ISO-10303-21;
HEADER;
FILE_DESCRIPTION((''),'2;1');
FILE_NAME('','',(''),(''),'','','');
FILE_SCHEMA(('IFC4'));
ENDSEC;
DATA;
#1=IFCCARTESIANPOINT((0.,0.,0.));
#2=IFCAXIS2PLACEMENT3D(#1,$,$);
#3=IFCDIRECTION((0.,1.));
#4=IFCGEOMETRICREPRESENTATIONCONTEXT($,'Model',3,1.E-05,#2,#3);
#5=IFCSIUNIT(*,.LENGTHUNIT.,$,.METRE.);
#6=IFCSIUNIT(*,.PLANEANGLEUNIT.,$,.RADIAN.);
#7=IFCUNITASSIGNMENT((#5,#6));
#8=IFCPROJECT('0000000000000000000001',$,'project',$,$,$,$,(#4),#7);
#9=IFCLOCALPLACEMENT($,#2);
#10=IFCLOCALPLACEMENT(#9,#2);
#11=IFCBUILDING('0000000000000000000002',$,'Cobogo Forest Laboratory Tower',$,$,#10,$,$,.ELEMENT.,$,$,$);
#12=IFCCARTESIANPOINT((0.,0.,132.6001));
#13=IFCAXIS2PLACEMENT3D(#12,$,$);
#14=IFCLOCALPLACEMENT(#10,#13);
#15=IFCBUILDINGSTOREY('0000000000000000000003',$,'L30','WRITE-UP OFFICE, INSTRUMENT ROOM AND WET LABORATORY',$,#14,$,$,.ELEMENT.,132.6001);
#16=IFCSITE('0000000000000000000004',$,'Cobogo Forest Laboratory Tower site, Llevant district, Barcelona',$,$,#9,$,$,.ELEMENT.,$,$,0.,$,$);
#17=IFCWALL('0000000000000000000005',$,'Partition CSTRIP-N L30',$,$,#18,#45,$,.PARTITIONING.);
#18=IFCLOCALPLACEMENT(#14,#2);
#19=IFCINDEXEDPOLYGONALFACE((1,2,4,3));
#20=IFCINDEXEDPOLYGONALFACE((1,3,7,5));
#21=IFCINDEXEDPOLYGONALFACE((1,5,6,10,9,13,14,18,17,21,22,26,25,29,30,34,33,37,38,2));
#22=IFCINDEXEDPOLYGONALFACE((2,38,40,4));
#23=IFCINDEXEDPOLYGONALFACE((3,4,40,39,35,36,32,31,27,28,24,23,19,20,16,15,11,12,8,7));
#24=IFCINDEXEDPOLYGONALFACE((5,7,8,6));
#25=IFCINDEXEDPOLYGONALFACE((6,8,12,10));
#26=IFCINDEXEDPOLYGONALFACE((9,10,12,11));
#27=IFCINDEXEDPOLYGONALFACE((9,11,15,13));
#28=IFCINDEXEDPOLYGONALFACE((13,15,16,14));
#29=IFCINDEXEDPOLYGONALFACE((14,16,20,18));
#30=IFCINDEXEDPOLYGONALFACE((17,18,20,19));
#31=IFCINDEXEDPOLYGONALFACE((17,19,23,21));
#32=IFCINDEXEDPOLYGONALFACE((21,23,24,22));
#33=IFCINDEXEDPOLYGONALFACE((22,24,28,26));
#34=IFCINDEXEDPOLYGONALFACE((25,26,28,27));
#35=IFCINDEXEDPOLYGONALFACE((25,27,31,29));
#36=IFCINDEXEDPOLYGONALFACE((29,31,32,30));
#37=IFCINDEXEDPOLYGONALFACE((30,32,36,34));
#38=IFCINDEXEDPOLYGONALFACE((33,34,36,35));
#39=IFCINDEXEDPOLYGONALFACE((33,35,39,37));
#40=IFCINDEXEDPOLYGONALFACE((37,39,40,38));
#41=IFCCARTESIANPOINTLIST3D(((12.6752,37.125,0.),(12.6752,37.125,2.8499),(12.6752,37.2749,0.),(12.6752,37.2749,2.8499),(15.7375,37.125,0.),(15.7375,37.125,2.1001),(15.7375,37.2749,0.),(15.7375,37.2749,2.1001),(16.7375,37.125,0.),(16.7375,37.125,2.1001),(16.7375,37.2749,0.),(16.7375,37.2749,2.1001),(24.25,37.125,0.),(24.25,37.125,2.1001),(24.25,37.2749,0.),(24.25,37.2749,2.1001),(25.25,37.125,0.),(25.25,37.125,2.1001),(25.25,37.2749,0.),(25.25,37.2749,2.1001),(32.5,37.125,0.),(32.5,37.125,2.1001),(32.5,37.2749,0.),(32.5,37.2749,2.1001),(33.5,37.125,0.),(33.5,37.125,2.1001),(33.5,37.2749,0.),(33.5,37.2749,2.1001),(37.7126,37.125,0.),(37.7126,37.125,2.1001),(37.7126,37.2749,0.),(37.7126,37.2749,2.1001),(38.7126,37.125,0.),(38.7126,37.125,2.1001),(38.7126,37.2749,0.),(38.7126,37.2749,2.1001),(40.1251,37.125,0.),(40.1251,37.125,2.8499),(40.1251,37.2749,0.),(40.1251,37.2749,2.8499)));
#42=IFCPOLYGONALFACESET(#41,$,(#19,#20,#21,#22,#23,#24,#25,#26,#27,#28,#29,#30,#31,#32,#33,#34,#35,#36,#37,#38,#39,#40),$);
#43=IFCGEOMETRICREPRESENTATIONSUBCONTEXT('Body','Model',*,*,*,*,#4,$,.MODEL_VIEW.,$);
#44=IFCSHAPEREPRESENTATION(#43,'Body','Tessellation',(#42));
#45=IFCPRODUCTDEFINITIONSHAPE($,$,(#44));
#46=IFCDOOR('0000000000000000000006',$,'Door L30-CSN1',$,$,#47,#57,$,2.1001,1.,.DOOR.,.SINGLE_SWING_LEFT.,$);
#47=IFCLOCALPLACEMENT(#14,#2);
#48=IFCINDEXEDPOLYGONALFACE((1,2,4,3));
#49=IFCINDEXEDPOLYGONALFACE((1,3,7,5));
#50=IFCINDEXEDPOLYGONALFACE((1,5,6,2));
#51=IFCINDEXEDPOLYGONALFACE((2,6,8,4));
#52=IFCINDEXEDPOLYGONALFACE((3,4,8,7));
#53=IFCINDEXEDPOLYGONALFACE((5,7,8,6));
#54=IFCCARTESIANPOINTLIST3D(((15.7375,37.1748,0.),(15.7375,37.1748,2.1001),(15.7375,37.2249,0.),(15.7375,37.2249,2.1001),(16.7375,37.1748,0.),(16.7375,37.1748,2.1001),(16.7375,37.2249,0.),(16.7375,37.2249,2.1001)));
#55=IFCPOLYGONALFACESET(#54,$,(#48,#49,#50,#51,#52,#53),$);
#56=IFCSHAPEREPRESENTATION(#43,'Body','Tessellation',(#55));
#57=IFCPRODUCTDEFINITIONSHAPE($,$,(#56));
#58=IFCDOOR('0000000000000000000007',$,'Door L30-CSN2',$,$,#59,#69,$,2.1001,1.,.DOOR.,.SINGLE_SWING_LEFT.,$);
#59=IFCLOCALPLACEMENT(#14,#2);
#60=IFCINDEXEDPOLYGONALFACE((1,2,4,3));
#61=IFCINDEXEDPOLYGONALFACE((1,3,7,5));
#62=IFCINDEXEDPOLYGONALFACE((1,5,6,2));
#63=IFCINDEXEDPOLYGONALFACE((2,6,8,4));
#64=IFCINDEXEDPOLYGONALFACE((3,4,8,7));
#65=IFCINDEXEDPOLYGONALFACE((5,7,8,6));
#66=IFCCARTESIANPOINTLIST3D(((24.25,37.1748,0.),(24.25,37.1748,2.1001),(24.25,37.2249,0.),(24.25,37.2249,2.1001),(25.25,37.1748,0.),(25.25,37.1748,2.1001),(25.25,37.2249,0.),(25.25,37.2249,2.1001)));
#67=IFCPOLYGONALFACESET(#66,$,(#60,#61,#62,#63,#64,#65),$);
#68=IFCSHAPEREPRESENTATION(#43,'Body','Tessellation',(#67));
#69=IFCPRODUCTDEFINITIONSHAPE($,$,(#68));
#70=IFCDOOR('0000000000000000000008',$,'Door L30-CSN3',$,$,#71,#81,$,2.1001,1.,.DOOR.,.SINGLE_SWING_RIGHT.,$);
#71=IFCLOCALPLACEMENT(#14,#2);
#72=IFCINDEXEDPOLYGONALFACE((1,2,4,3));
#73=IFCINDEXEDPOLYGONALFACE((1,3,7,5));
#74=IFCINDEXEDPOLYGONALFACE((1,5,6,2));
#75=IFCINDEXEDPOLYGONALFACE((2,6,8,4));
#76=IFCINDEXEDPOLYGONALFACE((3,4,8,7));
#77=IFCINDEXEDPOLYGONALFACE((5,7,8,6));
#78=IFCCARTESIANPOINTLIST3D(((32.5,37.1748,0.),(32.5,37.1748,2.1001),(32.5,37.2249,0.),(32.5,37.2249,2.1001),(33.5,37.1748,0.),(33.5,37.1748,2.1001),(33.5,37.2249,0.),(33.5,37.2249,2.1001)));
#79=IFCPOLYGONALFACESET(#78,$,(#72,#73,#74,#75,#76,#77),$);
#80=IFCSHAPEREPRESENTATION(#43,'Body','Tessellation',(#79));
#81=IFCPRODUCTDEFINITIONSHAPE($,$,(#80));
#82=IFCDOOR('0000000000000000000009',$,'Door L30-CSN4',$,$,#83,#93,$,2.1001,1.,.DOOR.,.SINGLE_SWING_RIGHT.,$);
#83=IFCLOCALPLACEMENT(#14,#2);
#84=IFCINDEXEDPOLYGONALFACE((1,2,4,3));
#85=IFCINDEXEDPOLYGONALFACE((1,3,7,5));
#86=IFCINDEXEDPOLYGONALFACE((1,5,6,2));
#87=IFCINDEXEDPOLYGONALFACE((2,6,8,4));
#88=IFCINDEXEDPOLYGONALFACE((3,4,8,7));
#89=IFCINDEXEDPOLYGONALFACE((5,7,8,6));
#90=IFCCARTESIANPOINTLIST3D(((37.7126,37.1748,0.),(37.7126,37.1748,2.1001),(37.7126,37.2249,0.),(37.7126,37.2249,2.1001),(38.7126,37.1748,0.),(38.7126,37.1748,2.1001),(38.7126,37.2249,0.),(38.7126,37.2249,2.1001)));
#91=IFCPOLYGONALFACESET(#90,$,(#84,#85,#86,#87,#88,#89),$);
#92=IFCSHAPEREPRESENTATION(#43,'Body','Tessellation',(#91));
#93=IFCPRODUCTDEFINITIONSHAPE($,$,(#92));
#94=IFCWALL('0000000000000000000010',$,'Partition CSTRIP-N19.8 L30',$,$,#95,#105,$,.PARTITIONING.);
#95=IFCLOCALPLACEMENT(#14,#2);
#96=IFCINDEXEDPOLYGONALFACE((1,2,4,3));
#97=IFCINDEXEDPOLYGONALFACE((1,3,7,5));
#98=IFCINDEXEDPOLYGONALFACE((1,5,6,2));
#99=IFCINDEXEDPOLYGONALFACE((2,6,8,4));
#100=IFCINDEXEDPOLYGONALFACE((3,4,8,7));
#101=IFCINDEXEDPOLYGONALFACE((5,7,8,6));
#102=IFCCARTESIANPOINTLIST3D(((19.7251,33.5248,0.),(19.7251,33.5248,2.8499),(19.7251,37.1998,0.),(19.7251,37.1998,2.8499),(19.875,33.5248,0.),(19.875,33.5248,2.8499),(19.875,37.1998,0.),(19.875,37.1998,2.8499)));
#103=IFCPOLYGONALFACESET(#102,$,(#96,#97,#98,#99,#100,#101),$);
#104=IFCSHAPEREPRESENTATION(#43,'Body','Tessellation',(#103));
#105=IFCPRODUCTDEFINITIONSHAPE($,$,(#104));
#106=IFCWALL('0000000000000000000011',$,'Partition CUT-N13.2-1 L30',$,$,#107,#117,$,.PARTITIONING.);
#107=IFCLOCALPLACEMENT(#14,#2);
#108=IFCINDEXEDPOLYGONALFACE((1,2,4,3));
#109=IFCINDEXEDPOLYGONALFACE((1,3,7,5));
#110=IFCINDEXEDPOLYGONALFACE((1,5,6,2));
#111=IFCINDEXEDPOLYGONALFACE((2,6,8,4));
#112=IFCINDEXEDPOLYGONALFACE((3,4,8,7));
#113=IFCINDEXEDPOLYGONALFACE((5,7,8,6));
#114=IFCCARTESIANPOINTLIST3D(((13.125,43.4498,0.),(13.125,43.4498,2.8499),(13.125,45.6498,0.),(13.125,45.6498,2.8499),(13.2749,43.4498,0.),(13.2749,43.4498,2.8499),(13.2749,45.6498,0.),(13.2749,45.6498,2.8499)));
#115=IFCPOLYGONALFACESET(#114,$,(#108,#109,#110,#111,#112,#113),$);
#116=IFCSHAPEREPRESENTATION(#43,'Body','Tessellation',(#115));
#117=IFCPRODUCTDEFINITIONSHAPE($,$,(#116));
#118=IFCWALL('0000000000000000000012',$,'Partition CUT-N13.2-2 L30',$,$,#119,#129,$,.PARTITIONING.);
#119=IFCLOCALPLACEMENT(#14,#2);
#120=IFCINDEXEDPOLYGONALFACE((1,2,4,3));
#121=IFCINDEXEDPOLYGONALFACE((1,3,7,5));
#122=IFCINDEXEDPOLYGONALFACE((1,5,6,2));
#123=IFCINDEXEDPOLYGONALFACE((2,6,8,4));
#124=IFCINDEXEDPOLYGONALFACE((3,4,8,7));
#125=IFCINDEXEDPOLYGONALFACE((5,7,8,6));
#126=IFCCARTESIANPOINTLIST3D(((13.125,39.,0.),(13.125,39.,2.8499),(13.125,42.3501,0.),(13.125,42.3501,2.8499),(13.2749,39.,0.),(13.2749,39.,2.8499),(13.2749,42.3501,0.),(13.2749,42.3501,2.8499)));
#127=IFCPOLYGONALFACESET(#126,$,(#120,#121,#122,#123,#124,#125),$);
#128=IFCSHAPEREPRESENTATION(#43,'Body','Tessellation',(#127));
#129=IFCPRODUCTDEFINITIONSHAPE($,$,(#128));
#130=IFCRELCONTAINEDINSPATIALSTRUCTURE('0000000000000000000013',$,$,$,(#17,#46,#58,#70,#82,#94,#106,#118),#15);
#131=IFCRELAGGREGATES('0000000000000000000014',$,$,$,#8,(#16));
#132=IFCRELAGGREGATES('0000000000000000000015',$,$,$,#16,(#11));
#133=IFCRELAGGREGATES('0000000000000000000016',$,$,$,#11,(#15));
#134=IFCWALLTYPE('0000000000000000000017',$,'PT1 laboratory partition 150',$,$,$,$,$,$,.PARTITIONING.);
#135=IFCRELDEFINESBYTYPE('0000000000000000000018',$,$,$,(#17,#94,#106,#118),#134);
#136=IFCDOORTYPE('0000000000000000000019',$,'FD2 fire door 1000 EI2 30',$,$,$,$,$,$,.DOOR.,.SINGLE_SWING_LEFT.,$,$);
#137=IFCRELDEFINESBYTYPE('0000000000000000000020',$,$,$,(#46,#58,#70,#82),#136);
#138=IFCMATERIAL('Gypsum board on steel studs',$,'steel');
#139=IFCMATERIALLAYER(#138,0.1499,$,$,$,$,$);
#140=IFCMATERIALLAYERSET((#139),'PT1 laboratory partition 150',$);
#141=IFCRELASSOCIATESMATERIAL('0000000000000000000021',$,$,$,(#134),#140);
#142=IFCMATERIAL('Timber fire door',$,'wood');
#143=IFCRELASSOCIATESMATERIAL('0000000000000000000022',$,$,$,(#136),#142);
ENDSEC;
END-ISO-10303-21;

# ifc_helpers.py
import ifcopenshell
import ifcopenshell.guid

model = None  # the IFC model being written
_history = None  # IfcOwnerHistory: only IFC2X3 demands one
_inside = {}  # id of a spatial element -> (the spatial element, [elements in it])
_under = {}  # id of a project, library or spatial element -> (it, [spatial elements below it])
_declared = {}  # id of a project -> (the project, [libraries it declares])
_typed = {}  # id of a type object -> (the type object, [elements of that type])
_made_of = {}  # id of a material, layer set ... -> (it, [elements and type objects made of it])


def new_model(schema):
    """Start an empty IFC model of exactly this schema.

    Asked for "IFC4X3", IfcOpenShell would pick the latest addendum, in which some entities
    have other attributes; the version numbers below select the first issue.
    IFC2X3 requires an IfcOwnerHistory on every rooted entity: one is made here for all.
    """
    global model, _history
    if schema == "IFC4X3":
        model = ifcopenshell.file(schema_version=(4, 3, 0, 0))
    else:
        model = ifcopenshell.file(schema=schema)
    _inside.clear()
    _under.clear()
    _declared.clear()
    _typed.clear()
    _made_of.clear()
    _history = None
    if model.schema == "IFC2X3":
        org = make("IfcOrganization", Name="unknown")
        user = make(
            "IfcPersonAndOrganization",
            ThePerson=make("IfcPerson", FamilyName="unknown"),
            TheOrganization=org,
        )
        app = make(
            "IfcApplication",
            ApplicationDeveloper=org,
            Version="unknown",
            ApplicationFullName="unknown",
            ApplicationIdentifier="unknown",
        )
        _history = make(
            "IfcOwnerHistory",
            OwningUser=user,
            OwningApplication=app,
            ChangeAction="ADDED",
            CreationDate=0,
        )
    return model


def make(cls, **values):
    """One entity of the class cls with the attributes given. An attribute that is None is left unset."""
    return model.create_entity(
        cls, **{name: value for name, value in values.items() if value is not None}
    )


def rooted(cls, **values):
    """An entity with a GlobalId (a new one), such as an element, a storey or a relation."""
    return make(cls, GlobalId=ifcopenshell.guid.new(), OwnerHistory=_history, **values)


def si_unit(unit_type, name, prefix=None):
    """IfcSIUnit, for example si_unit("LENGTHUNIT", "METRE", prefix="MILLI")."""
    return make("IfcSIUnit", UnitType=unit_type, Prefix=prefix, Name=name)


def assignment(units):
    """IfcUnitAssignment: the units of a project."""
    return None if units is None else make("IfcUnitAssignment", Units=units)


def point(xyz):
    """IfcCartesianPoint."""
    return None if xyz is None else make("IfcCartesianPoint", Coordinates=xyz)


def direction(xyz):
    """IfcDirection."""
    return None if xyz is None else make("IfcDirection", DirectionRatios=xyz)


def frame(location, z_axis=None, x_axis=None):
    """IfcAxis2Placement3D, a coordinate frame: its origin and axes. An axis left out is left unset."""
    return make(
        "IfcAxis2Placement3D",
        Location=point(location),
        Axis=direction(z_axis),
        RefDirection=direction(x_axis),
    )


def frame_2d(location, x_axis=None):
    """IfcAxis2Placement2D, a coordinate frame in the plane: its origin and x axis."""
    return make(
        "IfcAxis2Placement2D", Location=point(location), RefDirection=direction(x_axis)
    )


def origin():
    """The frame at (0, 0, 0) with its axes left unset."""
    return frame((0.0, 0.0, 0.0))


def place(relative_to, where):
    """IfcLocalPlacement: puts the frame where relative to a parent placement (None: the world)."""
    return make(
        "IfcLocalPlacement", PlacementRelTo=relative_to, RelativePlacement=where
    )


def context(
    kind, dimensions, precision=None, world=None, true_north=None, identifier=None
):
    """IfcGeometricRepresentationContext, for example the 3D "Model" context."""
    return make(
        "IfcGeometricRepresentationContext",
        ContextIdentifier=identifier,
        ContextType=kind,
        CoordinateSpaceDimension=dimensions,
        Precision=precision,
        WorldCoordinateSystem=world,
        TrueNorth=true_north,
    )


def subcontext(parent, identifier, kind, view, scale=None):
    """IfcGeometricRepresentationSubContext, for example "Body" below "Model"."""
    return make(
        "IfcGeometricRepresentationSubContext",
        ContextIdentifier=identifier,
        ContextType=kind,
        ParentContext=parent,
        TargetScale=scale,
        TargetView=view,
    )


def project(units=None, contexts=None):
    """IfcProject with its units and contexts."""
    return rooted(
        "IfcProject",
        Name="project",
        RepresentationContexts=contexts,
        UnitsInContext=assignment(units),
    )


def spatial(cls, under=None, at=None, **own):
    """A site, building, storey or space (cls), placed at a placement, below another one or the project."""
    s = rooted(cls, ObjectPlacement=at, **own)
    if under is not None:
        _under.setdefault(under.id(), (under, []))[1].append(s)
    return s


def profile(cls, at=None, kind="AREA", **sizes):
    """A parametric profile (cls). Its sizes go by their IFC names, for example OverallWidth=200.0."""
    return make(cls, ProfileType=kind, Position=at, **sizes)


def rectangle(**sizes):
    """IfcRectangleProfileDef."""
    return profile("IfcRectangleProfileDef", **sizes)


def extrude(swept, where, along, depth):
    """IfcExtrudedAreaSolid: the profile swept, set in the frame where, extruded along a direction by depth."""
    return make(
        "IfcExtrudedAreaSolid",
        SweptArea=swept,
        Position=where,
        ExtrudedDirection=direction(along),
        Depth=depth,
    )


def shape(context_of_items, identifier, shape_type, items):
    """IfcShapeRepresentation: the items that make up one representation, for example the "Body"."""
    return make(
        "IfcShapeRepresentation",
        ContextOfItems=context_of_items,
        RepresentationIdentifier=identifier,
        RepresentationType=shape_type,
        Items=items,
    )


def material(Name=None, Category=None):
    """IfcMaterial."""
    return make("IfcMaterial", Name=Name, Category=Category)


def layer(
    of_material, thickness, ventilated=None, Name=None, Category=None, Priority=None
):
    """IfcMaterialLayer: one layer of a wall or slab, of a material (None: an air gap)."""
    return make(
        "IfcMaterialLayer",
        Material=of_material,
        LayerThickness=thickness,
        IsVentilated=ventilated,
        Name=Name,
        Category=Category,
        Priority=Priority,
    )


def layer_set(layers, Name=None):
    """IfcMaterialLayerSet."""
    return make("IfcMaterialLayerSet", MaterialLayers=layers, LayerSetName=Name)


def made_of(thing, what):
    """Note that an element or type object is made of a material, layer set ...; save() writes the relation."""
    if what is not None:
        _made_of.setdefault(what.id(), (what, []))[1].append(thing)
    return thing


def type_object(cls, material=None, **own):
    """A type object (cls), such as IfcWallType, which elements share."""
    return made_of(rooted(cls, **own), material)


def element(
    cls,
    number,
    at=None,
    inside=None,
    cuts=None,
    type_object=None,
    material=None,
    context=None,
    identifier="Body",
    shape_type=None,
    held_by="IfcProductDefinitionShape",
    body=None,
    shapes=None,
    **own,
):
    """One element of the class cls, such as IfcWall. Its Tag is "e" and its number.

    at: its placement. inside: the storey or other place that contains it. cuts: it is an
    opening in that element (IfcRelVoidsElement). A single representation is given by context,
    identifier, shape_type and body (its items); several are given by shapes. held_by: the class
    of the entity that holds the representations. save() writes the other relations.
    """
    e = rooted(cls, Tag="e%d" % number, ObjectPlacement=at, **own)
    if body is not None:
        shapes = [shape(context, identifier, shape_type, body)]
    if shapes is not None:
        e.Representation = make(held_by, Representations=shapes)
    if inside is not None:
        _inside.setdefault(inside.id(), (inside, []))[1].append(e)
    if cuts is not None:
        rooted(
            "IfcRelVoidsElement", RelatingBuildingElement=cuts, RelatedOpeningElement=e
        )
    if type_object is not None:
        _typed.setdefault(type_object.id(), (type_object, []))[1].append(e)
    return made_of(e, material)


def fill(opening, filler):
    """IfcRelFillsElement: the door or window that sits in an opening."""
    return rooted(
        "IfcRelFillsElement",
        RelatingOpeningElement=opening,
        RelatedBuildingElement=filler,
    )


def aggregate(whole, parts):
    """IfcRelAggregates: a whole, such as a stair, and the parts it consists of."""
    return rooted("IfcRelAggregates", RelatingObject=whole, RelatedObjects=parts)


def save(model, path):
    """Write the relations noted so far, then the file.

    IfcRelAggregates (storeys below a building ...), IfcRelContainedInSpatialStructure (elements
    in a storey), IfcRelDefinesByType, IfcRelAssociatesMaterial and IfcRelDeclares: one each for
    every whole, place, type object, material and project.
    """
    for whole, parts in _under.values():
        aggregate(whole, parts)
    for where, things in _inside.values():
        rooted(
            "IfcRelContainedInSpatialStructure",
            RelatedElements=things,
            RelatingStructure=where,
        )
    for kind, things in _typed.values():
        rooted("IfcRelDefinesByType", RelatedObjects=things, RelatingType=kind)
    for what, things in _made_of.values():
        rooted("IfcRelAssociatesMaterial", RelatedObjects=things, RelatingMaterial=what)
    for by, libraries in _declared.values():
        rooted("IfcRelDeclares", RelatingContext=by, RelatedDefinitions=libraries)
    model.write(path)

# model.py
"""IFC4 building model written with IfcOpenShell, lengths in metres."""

from ifc_helpers import new_model, si_unit, direction, frame, frame_2d, origin, place, context, subcontext, project, spatial, rectangle, extrude, material, layer, layer_set, type_object, element, fill, save


model = new_model("IFC4")

# Units and contexts
model_context = context("Model", 3, precision=1e-05, world=origin(), true_north=direction((0.0, 1.0)))
body_context = subcontext(model_context, "Body", "Model", "MODEL_VIEW")
ifc_project = project(units=[si_unit("LENGTHUNIT", "METRE"), si_unit("PLANEANGLEUNIT", "RADIAN")], contexts=[model_context])

# Site, building, storey
site_placement = place(None, origin())
site = spatial("IfcSite", under=ifc_project, at=site_placement, Name="Cobogo Forest Laboratory Tower site, Llevant district, Barcelona", CompositionType="ELEMENT", RefElevation=0.0)
building_placement = place(site_placement, origin())
building = spatial("IfcBuilding", under=site, at=building_placement, Name="Cobogo Forest Laboratory Tower", CompositionType="ELEMENT")
storey_placement = place(building_placement, frame((0.0, 0.0, 132.6001)))
storey = spatial("IfcBuildingStorey", under=building, at=storey_placement, Name="L30", Description="WRITE-UP OFFICE, INSTRUMENT ROOM AND WET LABORATORY", CompositionType="ELEMENT", Elevation=132.6001)

# Wall, openings, doors
ifc_material_1 = material(Name="Gypsum board on steel studs", Category="steel")
ifc_layer_1 = layer(ifc_material_1, 0.1499)
ifc_layer_set_1 = layer_set([ifc_layer_1], Name="PT1 laboratory partition 150")
wall_type_1 = type_object("IfcWallType", Name="PT1 laboratory partition 150", PredefinedType="PARTITIONING", material=ifc_layer_set_1)
wall_1_placement = place(storey_placement, frame((12.675, 37.2, 0.0), z_axis=(0.0, 0.0, 1.0), x_axis=(1.0, 0.0, 0.0)))
wall_1 = element("IfcWall", 1, at=wall_1_placement, inside=storey, type_object=wall_type_1, Name="Partition CSTRIP-N L30", PredefinedType="PARTITIONING", context=body_context, shape_type="SweptSolid", body=[
    extrude(rectangle(XDim=27.45, YDim=0.1499, at=frame_2d((13.7251, 0.0))), origin(), (0.0, 0.0, 1.0), 2.8499),
])
opening_1_placement = place(wall_1_placement, frame((3.0625, 0.0, 0.0)))
opening_1 = element("IfcOpeningElement", 2, at=opening_1_placement, cuts=wall_1, PredefinedType="OPENING", context=body_context, shape_type="SweptSolid", body=[
    extrude(rectangle(XDim=1.0, YDim=2.1001, at=frame_2d((0.5, 1.05))), frame((0.0, 0.085, 0.0), z_axis=(0.0, -1.0, 0.0), x_axis=(1.0, 0.0, 0.0)), (0.0, 0.0, 1.0), 0.1699),
])
opening_2_placement = place(wall_1_placement, frame((11.575, 0.0, 0.0)))
opening_2 = element("IfcOpeningElement", 3, at=opening_2_placement, cuts=wall_1, PredefinedType="OPENING", context=body_context, shape_type="SweptSolid", body=[
    extrude(rectangle(XDim=1.0, YDim=2.1001, at=frame_2d((0.5, 1.05))), frame((0.0, 0.085, 0.0), z_axis=(0.0, -1.0, 0.0), x_axis=(1.0, 0.0, 0.0)), (0.0, 0.0, 1.0), 0.1699),
])
opening_3_placement = place(wall_1_placement, frame((19.825, 0.0, 0.0)))
opening_3 = element("IfcOpeningElement", 4, at=opening_3_placement, cuts=wall_1, PredefinedType="OPENING", context=body_context, shape_type="SweptSolid", body=[
    extrude(rectangle(XDim=1.0, YDim=2.1001, at=frame_2d((0.5, 1.05))), frame((0.0, 0.085, 0.0), z_axis=(0.0, -1.0, 0.0), x_axis=(1.0, 0.0, 0.0)), (0.0, 0.0, 1.0), 0.1699),
])
opening_4_placement = place(wall_1_placement, frame((25.0376, 0.0, 0.0)))
opening_4 = element("IfcOpeningElement", 5, at=opening_4_placement, cuts=wall_1, PredefinedType="OPENING", context=body_context, shape_type="SweptSolid", body=[
    extrude(rectangle(XDim=1.0, YDim=2.1001, at=frame_2d((0.5, 1.05))), frame((0.0, 0.085, 0.0), z_axis=(0.0, -1.0, 0.0), x_axis=(1.0, 0.0, 0.0)), (0.0, 0.0, 1.0), 0.1699),
])
ifc_material_2 = material(Name="Timber fire door", Category="wood")
door_type_1 = type_object("IfcDoorType", Name="FD2 fire door 1000 EI2 30", OperationType="SINGLE_SWING_LEFT", PredefinedType="DOOR", material=ifc_material_2)
door_1_placement = place(opening_1_placement, origin())
door_1 = element("IfcDoor", 6, at=door_1_placement, inside=storey, type_object=door_type_1, Name="Door L30-CSN1", OperationType="SINGLE_SWING_LEFT", OverallHeight=2.1001, OverallWidth=1.0, PredefinedType="DOOR", context=body_context, shape_type="SweptSolid", body=[
    extrude(rectangle(XDim=1.0, YDim=2.1001, at=frame_2d((0.5, 1.05))), frame((0.0, 0.0249, 0.0), z_axis=(0.0, -1.0, 0.0), x_axis=(1.0, 0.0, 0.0)), (0.0, 0.0, 1.0), 0.05),
])
fill(opening_1, door_1)
door_2_placement = place(opening_2_placement, origin())
door_2 = element("IfcDoor", 7, at=door_2_placement, inside=storey, type_object=door_type_1, Name="Door L30-CSN2", OperationType="SINGLE_SWING_LEFT", OverallHeight=2.1001, OverallWidth=1.0, PredefinedType="DOOR", context=body_context, shape_type="SweptSolid", body=[
    extrude(rectangle(XDim=1.0, YDim=2.1001, at=frame_2d((0.5, 1.05))), frame((0.0, 0.0249, 0.0), z_axis=(0.0, -1.0, 0.0), x_axis=(1.0, 0.0, 0.0)), (0.0, 0.0, 1.0), 0.05),
])
fill(opening_2, door_2)
door_3_placement = place(opening_3_placement, origin())
door_3 = element("IfcDoor", 8, at=door_3_placement, inside=storey, type_object=door_type_1, Name="Door L30-CSN3", OperationType="SINGLE_SWING_RIGHT", OverallHeight=2.1001, OverallWidth=1.0, PredefinedType="DOOR", context=body_context, shape_type="SweptSolid", body=[
    extrude(rectangle(XDim=1.0, YDim=2.1001, at=frame_2d((0.5, 1.05))), frame((0.0, 0.0249, 0.0), z_axis=(0.0, -1.0, 0.0), x_axis=(1.0, 0.0, 0.0)), (0.0, 0.0, 1.0), 0.05),
])
fill(opening_3, door_3)
door_4_placement = place(opening_4_placement, origin())
door_4 = element("IfcDoor", 9, at=door_4_placement, inside=storey, type_object=door_type_1, Name="Door L30-CSN4", OperationType="SINGLE_SWING_RIGHT", OverallHeight=2.1001, OverallWidth=1.0, PredefinedType="DOOR", context=body_context, shape_type="SweptSolid", body=[
    extrude(rectangle(XDim=1.0, YDim=2.1001, at=frame_2d((0.5, 1.05))), frame((0.0, 0.0249, 0.0), z_axis=(0.0, -1.0, 0.0), x_axis=(1.0, 0.0, 0.0)), (0.0, 0.0, 1.0), 0.05),
])
fill(opening_4, door_4)

# Walls
wall_2_placement = place(storey_placement, frame((19.8, 33.5249, 0.0), z_axis=(0.0, 0.0, 1.0), x_axis=(0.0, 1.0, 0.0)))
element("IfcWall", 10, at=wall_2_placement, inside=storey, type_object=wall_type_1, Name="Partition CSTRIP-N19.8 L30", PredefinedType="PARTITIONING", context=body_context, shape_type="SweptSolid", body=[
    extrude(rectangle(XDim=3.675, YDim=0.1499, at=frame_2d((1.8374, 0.0))), origin(), (0.0, 0.0, 1.0), 2.8499),
])
wall_3_placement = place(storey_placement, frame((13.2, 45.6499, 0.0), z_axis=(0.0, 0.0, 1.0), x_axis=(0.0, -1.0, 0.0)))
element("IfcWall", 11, at=wall_3_placement, inside=storey, type_object=wall_type_1, Name="Partition CUT-N13.2-1 L30", PredefinedType="PARTITIONING", context=body_context, shape_type="SweptSolid", body=[
    extrude(rectangle(XDim=2.2, YDim=0.1499, at=frame_2d((1.1001, 0.0))), origin(), (0.0, 0.0, 1.0), 2.8499),
])
wall_4_placement = place(storey_placement, frame((13.2, 42.3501, 0.0), z_axis=(0.0, 0.0, 1.0), x_axis=(0.0, -1.0, 0.0)))
element("IfcWall", 12, at=wall_4_placement, inside=storey, type_object=wall_type_1, Name="Partition CUT-N13.2-2 L30", PredefinedType="PARTITIONING", context=body_context, shape_type="SweptSolid", body=[
    extrude(rectangle(XDim=3.3501, YDim=0.1499, at=frame_2d((1.675, 0.0))), origin(), (0.0, 0.0, 1.0), 2.8499),
])

save(model, "model.ifc")
